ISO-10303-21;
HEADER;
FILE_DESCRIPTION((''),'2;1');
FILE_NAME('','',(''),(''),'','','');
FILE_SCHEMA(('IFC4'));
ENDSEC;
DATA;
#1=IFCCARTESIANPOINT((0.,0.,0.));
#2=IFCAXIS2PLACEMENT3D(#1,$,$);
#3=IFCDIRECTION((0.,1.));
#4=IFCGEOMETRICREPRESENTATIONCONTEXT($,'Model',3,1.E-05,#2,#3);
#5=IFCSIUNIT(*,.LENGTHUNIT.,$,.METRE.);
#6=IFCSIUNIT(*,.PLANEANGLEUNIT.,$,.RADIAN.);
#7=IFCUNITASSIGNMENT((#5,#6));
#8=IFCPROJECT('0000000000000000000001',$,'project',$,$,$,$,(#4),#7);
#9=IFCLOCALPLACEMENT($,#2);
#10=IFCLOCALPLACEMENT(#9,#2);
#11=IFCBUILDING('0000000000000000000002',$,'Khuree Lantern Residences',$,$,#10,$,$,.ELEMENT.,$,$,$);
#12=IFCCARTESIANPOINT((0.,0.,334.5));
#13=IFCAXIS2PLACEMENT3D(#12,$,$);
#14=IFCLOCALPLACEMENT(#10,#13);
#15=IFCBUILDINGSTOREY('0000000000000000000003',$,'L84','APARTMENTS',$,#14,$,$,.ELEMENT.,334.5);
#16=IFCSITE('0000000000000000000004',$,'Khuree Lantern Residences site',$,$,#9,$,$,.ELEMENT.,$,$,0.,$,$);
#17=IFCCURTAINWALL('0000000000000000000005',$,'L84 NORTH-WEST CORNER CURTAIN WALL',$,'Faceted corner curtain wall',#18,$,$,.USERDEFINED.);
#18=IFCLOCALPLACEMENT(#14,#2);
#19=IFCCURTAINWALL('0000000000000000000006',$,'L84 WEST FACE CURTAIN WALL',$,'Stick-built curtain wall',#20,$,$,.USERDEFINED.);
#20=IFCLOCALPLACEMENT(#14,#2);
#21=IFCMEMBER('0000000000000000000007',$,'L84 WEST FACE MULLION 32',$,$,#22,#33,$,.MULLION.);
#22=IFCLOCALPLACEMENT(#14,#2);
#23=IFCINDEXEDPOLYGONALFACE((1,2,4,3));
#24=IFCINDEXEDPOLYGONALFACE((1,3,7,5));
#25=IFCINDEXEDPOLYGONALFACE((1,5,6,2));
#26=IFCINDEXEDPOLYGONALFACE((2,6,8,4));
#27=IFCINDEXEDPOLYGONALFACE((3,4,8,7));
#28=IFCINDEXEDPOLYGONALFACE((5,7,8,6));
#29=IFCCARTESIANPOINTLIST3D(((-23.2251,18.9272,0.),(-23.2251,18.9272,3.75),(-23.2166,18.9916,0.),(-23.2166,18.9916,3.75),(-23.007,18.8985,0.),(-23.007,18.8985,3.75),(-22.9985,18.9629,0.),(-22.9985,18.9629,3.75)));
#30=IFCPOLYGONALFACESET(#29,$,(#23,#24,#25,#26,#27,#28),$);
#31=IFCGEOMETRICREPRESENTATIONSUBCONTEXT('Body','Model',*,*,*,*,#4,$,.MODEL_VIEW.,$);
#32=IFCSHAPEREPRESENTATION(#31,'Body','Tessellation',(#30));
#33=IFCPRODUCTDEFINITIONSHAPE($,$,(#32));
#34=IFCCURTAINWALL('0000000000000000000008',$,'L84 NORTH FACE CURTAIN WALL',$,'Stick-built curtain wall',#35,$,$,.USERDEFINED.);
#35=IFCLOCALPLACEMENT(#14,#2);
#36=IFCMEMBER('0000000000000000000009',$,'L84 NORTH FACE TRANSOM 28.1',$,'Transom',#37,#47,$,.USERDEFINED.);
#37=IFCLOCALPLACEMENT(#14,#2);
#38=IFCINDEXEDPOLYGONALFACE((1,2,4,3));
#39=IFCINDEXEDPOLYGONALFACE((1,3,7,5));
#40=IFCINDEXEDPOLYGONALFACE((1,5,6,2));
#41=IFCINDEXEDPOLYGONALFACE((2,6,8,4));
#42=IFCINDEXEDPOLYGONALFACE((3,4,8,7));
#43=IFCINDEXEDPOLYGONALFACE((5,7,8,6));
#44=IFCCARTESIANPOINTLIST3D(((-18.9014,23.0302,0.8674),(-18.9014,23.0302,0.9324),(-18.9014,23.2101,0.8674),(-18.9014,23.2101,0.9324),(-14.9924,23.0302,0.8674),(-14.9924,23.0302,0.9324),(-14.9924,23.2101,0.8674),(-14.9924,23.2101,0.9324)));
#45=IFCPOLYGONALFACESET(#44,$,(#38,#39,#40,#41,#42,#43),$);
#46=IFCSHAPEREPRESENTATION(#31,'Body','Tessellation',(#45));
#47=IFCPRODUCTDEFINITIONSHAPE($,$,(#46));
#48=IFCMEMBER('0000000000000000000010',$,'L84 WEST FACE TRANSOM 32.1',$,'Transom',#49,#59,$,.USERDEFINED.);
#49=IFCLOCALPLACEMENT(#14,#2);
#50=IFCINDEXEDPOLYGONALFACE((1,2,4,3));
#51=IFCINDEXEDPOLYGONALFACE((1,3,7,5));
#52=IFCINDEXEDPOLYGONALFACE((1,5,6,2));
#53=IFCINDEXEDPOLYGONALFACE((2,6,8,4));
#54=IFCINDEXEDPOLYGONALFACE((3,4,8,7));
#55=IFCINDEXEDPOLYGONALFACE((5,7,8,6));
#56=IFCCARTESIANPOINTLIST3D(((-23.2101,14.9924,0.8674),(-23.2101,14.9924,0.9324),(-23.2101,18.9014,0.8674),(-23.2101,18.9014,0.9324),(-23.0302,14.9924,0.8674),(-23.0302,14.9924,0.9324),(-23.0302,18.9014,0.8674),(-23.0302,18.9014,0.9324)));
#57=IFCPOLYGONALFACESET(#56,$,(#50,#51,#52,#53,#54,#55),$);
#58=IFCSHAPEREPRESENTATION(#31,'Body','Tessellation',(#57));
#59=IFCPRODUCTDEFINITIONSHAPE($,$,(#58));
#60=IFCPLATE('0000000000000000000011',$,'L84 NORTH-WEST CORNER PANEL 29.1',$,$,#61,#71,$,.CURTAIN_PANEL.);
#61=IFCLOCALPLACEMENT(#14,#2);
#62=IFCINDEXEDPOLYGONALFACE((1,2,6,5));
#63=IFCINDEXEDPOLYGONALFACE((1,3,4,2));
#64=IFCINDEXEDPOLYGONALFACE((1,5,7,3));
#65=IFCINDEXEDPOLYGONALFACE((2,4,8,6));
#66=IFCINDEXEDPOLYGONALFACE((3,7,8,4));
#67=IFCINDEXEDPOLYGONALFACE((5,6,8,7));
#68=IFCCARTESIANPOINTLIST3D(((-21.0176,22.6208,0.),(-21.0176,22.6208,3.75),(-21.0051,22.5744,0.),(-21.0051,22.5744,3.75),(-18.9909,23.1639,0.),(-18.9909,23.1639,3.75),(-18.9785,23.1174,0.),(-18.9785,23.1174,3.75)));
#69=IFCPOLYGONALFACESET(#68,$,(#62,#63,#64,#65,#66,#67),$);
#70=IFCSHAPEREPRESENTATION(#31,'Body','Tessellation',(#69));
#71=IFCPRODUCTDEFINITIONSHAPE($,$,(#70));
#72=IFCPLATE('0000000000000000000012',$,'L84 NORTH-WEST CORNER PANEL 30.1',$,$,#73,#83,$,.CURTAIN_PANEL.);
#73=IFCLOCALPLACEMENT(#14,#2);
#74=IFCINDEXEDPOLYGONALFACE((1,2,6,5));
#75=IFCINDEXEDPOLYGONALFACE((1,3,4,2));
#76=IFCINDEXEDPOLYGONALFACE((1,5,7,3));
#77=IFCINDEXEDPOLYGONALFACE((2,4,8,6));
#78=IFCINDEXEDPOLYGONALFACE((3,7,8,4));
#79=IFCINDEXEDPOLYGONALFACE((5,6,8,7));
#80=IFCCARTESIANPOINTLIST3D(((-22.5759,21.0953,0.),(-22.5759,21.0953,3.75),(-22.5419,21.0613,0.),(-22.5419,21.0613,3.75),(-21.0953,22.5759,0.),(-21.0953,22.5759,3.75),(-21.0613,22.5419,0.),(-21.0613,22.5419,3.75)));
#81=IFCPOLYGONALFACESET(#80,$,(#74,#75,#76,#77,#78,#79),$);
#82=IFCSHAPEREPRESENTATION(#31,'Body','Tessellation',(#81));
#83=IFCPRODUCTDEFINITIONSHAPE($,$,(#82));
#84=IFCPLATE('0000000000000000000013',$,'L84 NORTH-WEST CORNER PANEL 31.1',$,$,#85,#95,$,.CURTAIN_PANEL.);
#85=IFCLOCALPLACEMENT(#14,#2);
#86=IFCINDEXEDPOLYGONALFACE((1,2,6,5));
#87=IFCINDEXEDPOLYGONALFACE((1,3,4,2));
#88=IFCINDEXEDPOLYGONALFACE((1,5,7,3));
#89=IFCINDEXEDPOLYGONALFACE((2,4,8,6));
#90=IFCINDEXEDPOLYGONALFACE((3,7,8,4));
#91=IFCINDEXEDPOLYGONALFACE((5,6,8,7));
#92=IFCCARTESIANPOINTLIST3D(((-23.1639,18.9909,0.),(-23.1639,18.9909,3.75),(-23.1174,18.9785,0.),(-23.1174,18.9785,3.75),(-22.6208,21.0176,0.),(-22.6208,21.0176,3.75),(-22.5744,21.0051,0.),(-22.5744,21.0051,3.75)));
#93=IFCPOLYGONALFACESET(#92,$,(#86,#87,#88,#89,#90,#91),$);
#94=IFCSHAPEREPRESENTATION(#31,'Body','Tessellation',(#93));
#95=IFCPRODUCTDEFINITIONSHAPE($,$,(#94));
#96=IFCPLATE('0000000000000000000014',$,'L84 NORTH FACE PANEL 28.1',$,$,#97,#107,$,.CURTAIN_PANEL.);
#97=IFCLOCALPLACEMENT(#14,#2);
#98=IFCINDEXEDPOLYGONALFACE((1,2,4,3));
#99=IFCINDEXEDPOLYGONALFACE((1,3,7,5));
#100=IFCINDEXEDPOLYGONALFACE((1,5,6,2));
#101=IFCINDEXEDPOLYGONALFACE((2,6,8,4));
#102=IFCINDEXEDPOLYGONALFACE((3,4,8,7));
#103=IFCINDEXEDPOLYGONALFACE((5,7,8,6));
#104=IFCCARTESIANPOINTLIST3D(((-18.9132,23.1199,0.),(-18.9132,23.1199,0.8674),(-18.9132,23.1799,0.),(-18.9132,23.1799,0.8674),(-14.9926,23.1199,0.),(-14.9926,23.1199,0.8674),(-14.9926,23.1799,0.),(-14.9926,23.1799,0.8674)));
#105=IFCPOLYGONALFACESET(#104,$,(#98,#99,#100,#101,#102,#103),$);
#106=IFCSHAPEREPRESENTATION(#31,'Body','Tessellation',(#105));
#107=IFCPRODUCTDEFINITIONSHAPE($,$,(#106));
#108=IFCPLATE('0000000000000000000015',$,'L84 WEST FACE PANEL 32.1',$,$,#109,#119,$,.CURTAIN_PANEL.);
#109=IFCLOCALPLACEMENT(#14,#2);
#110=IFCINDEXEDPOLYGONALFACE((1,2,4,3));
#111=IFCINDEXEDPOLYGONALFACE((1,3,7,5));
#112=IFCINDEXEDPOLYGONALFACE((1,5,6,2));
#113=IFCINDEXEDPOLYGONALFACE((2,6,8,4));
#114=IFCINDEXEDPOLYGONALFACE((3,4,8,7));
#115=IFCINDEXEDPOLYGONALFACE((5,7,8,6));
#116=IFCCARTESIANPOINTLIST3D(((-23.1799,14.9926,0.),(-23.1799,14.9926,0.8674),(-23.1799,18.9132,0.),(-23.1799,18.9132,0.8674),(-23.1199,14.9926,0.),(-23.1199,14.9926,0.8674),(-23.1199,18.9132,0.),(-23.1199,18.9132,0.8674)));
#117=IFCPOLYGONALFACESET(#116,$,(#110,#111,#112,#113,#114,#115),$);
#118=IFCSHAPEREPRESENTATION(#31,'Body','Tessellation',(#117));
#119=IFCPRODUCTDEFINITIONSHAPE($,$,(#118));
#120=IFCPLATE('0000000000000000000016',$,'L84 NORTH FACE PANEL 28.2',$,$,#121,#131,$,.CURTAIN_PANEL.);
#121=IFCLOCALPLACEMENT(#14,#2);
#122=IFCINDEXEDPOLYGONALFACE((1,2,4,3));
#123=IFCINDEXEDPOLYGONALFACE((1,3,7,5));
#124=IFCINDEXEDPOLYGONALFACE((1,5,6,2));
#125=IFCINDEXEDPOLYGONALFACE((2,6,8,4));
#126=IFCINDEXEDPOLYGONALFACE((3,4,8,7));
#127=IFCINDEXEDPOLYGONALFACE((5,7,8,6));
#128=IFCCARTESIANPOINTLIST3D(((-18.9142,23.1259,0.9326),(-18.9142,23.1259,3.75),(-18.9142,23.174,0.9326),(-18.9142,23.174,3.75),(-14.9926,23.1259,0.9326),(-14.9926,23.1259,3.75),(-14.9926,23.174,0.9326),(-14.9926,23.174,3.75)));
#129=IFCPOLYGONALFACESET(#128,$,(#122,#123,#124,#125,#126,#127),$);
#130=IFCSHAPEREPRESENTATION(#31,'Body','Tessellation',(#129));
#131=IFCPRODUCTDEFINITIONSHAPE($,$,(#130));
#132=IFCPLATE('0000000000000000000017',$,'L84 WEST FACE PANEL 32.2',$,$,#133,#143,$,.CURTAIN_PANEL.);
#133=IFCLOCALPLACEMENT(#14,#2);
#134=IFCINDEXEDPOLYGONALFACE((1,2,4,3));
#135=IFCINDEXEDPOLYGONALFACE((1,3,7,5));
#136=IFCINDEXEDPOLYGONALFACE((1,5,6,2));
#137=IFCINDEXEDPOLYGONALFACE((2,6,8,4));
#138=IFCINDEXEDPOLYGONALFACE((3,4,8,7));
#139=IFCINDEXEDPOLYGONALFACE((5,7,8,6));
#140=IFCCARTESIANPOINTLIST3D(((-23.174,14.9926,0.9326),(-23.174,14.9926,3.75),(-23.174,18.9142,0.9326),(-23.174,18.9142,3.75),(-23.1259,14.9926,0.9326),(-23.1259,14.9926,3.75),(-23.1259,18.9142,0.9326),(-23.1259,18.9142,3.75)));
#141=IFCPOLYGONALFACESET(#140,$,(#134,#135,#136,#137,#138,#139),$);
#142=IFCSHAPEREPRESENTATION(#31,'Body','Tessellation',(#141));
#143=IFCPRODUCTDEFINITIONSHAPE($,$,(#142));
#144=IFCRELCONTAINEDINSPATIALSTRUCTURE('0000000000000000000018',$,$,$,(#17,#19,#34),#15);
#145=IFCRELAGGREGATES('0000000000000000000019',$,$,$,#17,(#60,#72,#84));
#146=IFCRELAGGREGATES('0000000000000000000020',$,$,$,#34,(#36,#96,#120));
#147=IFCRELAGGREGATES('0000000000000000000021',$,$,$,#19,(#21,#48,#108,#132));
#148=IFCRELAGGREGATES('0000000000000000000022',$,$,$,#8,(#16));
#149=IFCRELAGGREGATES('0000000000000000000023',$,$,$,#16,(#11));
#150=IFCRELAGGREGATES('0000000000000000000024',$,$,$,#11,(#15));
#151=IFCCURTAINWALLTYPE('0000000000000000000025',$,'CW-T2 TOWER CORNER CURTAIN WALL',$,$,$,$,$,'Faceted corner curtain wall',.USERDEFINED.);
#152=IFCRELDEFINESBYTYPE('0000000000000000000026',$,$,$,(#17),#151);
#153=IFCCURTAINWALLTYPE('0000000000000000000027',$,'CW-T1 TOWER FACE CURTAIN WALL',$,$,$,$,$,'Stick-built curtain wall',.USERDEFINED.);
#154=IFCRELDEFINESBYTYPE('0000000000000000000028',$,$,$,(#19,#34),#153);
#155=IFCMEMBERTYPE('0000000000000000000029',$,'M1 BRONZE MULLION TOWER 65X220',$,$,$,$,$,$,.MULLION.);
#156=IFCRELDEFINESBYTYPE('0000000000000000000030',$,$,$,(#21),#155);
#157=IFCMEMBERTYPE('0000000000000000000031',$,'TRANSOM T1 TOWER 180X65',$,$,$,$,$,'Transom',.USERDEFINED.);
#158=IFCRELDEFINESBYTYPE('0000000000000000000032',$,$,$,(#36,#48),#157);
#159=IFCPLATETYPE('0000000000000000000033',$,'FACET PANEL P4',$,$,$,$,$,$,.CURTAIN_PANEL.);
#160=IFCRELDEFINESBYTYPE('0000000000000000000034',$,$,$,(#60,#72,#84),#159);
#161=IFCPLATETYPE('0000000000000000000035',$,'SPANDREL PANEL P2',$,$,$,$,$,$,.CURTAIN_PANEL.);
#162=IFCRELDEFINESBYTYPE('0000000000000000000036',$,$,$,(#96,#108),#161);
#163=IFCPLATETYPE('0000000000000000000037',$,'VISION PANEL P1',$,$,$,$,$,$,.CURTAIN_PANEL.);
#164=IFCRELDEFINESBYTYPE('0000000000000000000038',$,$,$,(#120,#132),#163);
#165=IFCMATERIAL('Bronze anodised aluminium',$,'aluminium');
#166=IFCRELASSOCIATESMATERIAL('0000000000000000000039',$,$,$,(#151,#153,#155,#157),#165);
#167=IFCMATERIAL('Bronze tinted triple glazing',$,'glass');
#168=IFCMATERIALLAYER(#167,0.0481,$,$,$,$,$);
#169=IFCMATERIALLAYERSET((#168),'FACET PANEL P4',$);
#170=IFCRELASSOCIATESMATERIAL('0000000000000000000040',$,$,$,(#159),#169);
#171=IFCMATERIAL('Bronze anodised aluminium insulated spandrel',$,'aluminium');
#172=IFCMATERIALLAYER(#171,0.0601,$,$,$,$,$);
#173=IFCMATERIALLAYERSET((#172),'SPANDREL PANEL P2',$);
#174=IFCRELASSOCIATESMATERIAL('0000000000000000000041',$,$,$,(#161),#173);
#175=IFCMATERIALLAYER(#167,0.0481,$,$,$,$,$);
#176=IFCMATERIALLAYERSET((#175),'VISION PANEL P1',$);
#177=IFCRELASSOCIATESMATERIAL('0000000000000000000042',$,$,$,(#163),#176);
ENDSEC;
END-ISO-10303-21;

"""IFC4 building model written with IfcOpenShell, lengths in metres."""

from ifc_helpers import new_model, si_unit, direction, frame, origin, origin_2d, place, context, subcontext, project, spatial, rectangle, extrude, material, layer, layer_set, material_profile, profile_set, type_object, element, aggregate, save


model = new_model("IFC4")

# Units and contexts
model_context = context("Model", 3, precision=1e-05, world=origin(), true_north=direction((0.0, 1.0)))
body_context = subcontext(model_context, "Body", "Model", "MODEL_VIEW")
ifc_project = project(units=[si_unit("LENGTHUNIT", "METRE"), si_unit("PLANEANGLEUNIT", "RADIAN")], contexts=[model_context])

# Site, building, storey
site_placement = place(None, origin())
site = spatial("IfcSite", under=ifc_project, at=site_placement, Name="Khuree Lantern Residences site", CompositionType="ELEMENT", RefElevation=0.0)
building_placement = place(site_placement, origin())
building = spatial("IfcBuilding", under=site, at=building_placement, Name="Khuree Lantern Residences", CompositionType="ELEMENT")
storey_placement = place(building_placement, frame((0.0, 0.0, 334.5)))
storey = spatial("IfcBuildingStorey", under=building, at=storey_placement, Name="L84", Description="APARTMENTS", CompositionType="ELEMENT", Elevation=334.5)

# Curtain wall
ifc_material_1 = material(Name="Bronze anodised aluminium", Category="aluminium")
curtain_wall_type_1 = type_object("IfcCurtainWallType", Name="CW-T2 TOWER CORNER CURTAIN WALL", ElementType="Faceted corner curtain wall", PredefinedType="USERDEFINED", material=ifc_material_1)
curtain_wall_1_placement = place(storey_placement, origin())
curtain_wall_1 = element("IfcCurtainWall", 1, at=curtain_wall_1_placement, inside=storey, type_object=curtain_wall_type_1, Name="L84 NORTH-WEST CORNER CURTAIN WALL", ObjectType="Faceted corner curtain wall", PredefinedType="USERDEFINED")

# Shared definitions
ifc_material_profile_1 = material_profile(ifc_material_1, rectangle(XDim=0.0649, YDim=0.22, at=origin_2d()), Name="M1 65X220")
ifc_profile_set_1 = profile_set([ifc_material_profile_1], Name="Bronze anodised aluminium")
member_type_1 = type_object("IfcMemberType", Name="M1 BRONZE MULLION TOWER 65X220", PredefinedType="MULLION", material=ifc_profile_set_1)

# Curtain walls, members
curtain_wall_type_2 = type_object("IfcCurtainWallType", Name="CW-T1 TOWER FACE CURTAIN WALL", ElementType="Stick-built curtain wall", PredefinedType="USERDEFINED", material=ifc_material_1)
curtain_wall_2_placement = place(storey_placement, origin())
curtain_wall_2 = element("IfcCurtainWall", 2, at=curtain_wall_2_placement, inside=storey, type_object=curtain_wall_type_2, Name="L84 WEST FACE CURTAIN WALL", ObjectType="Stick-built curtain wall", PredefinedType="USERDEFINED")
member_1_placement = place(storey_placement, frame((-23.1118, 18.9451, 0.0), z_axis=(0.0, 0.0, 1.0), x_axis=(-0.130526, -0.991445, 0.0)))
member_1 = element("IfcMember", 3, at=member_1_placement, type_object=member_type_1, Name="L84 WEST FACE MULLION 32", PredefinedType="MULLION", context=body_context, shape_type="SweptSolid", body=[
    extrude(rectangle(XDim=0.0649, YDim=0.22, at=origin_2d()), origin(), (0.0, 0.0, 1.0), 3.75),
])
curtain_wall_3_placement = place(storey_placement, origin())
curtain_wall_3 = element("IfcCurtainWall", 4, at=curtain_wall_3_placement, inside=storey, type_object=curtain_wall_type_2, Name="L84 NORTH FACE CURTAIN WALL", ObjectType="Stick-built curtain wall", PredefinedType="USERDEFINED")
ifc_material_profile_2 = material_profile(ifc_material_1, rectangle(XDim=0.1799, YDim=0.0649, at=origin_2d()), Name="T1 180X65")
ifc_profile_set_2 = profile_set([ifc_material_profile_2], Name="Bronze anodised aluminium")
member_type_2 = type_object("IfcMemberType", Name="TRANSOM T1 TOWER 180X65", ElementType="Transom", PredefinedType="USERDEFINED", material=ifc_profile_set_2)
member_2_placement = place(storey_placement, frame((-14.9924, 23.1201, 0.8999), z_axis=(-1.0, 0.0, 0.0), x_axis=(0.0, -1.0, 0.0)))
member_2 = element("IfcMember", 5, at=member_2_placement, type_object=member_type_2, Name="L84 NORTH FACE TRANSOM 28.1", ObjectType="Transom", PredefinedType="USERDEFINED", context=body_context, shape_type="SweptSolid", body=[
    extrude(rectangle(XDim=0.1799, YDim=0.0649, at=origin_2d()), origin(), (0.0, 0.0, 1.0), 3.9089),
])

# Member
member_3_placement = place(storey_placement, frame((-23.1201, 18.9014, 0.8999), z_axis=(0.0, -1.0, 0.0), x_axis=(1.0, 0.0, 0.0)))
member_3 = element("IfcMember", 6, at=member_3_placement, type_object=member_type_2, Name="L84 WEST FACE TRANSOM 32.1", ObjectType="Transom", PredefinedType="USERDEFINED", context=body_context, shape_type="SweptSolid", body=[
    extrude(rectangle(XDim=0.1799, YDim=0.0649, at=origin_2d()), origin(), (0.0, 0.0, 1.0), 3.9089),
])

# Plates
ifc_material_2 = material(Name="Bronze tinted triple glazing", Category="glass")
ifc_layer_1 = layer(ifc_material_2, 0.0481)
ifc_layer_set_1 = layer_set([ifc_layer_1], Name="FACET PANEL P4")
plate_type_1 = type_object("IfcPlateType", Name="FACET PANEL P4", PredefinedType="CURTAIN_PANEL", material=ifc_layer_set_1)
plate_1_placement = place(storey_placement, frame((-19.998, 22.8691, 0.0), z_axis=(0.0, 0.0, 1.0), x_axis=(-0.965926, -0.258819, 0.0)))
plate_1 = element("IfcPlate", 7, at=plate_1_placement, type_object=plate_type_1, Name="L84 NORTH-WEST CORNER PANEL 29.1", PredefinedType="CURTAIN_PANEL", context=body_context, shape_type="SweptSolid", body=[
    extrude(rectangle(XDim=2.0981, YDim=0.0481, at=origin_2d()), origin(), (0.0, 0.0, 1.0), 3.75),
])
plate_2_placement = place(storey_placement, frame((-21.8186, 21.8186, 0.0), z_axis=(0.0, 0.0, 1.0), x_axis=(-0.707107, -0.707107, 0.0)))
plate_2 = element("IfcPlate", 8, at=plate_2_placement, type_object=plate_type_1, Name="L84 NORTH-WEST CORNER PANEL 30.1", PredefinedType="CURTAIN_PANEL", context=body_context, shape_type="SweptSolid", body=[
    extrude(rectangle(XDim=2.094, YDim=0.0481, at=origin_2d()), origin(), (0.0, 0.0, 1.0), 3.75),
])
plate_3_placement = place(storey_placement, frame((-22.8691, 19.998, 0.0), z_axis=(0.0, 0.0, 1.0), x_axis=(-0.258819, -0.965926, 0.0)))
plate_3 = element("IfcPlate", 9, at=plate_3_placement, type_object=plate_type_1, Name="L84 NORTH-WEST CORNER PANEL 31.1", PredefinedType="CURTAIN_PANEL", context=body_context, shape_type="SweptSolid", body=[
    extrude(rectangle(XDim=2.0981, YDim=0.0481, at=origin_2d()), origin(), (0.0, 0.0, 1.0), 3.75),
])
aggregate(curtain_wall_1, [plate_1, plate_2, plate_3])
ifc_material_3 = material(Name="Bronze anodised aluminium insulated spandrel", Category="aluminium")
ifc_layer_2 = layer(ifc_material_3, 0.0601)
ifc_layer_set_2 = layer_set([ifc_layer_2], Name="SPANDREL PANEL P2")
plate_type_2 = type_object("IfcPlateType", Name="SPANDREL PANEL P2", PredefinedType="CURTAIN_PANEL", material=ifc_layer_set_2)
plate_4_placement = place(storey_placement, frame((-16.9529, 23.1499, 0.0), z_axis=(0.0, 0.0, 1.0), x_axis=(-1.0, 0.0, 0.0)))
plate_4 = element("IfcPlate", 10, at=plate_4_placement, type_object=plate_type_2, Name="L84 NORTH FACE PANEL 28.1", PredefinedType="CURTAIN_PANEL", context=body_context, shape_type="SweptSolid", body=[
    extrude(rectangle(XDim=3.9207, YDim=0.0601, at=origin_2d()), origin(), (0.0, 0.0, 1.0), 0.8674),
])
plate_5_placement = place(storey_placement, frame((-23.1499, 16.9529, 0.0), z_axis=(0.0, 0.0, 1.0), x_axis=(0.0, -1.0, 0.0)))
plate_5 = element("IfcPlate", 11, at=plate_5_placement, type_object=plate_type_2, Name="L84 WEST FACE PANEL 32.1", PredefinedType="CURTAIN_PANEL", context=body_context, shape_type="SweptSolid", body=[
    extrude(rectangle(XDim=3.9207, YDim=0.0601, at=origin_2d()), origin(), (0.0, 0.0, 1.0), 0.8674),
])
ifc_layer_3 = layer(ifc_material_2, 0.0481)
ifc_layer_set_3 = layer_set([ifc_layer_3], Name="VISION PANEL P1")
plate_type_3 = type_object("IfcPlateType", Name="VISION PANEL P1", PredefinedType="CURTAIN_PANEL", material=ifc_layer_set_3)
plate_6_placement = place(storey_placement, frame((-16.9534, 23.1499, 0.9326), z_axis=(0.0, 0.0, 1.0), x_axis=(-1.0, 0.0, 0.0)))
plate_6 = element("IfcPlate", 12, at=plate_6_placement, type_object=plate_type_3, Name="L84 NORTH FACE PANEL 28.2", PredefinedType="CURTAIN_PANEL", context=body_context, shape_type="SweptSolid", body=[
    extrude(rectangle(XDim=3.9216, YDim=0.0481, at=origin_2d()), origin(), (0.0, 0.0, 1.0), 2.8174),
])
aggregate(curtain_wall_3, [member_2, plate_4, plate_6])
plate_7_placement = place(storey_placement, frame((-23.1499, 16.9534, 0.9326), z_axis=(0.0, 0.0, 1.0), x_axis=(0.0, -1.0, 0.0)))
plate_7 = element("IfcPlate", 13, at=plate_7_placement, type_object=plate_type_3, Name="L84 WEST FACE PANEL 32.2", PredefinedType="CURTAIN_PANEL", context=body_context, shape_type="SweptSolid", body=[
    extrude(rectangle(XDim=3.9216, YDim=0.0481, at=origin_2d()), origin(), (0.0, 0.0, 1.0), 2.8174),
])
aggregate(curtain_wall_2, [member_1, member_3, plate_5, plate_7])

save(model, "model.ifc")
